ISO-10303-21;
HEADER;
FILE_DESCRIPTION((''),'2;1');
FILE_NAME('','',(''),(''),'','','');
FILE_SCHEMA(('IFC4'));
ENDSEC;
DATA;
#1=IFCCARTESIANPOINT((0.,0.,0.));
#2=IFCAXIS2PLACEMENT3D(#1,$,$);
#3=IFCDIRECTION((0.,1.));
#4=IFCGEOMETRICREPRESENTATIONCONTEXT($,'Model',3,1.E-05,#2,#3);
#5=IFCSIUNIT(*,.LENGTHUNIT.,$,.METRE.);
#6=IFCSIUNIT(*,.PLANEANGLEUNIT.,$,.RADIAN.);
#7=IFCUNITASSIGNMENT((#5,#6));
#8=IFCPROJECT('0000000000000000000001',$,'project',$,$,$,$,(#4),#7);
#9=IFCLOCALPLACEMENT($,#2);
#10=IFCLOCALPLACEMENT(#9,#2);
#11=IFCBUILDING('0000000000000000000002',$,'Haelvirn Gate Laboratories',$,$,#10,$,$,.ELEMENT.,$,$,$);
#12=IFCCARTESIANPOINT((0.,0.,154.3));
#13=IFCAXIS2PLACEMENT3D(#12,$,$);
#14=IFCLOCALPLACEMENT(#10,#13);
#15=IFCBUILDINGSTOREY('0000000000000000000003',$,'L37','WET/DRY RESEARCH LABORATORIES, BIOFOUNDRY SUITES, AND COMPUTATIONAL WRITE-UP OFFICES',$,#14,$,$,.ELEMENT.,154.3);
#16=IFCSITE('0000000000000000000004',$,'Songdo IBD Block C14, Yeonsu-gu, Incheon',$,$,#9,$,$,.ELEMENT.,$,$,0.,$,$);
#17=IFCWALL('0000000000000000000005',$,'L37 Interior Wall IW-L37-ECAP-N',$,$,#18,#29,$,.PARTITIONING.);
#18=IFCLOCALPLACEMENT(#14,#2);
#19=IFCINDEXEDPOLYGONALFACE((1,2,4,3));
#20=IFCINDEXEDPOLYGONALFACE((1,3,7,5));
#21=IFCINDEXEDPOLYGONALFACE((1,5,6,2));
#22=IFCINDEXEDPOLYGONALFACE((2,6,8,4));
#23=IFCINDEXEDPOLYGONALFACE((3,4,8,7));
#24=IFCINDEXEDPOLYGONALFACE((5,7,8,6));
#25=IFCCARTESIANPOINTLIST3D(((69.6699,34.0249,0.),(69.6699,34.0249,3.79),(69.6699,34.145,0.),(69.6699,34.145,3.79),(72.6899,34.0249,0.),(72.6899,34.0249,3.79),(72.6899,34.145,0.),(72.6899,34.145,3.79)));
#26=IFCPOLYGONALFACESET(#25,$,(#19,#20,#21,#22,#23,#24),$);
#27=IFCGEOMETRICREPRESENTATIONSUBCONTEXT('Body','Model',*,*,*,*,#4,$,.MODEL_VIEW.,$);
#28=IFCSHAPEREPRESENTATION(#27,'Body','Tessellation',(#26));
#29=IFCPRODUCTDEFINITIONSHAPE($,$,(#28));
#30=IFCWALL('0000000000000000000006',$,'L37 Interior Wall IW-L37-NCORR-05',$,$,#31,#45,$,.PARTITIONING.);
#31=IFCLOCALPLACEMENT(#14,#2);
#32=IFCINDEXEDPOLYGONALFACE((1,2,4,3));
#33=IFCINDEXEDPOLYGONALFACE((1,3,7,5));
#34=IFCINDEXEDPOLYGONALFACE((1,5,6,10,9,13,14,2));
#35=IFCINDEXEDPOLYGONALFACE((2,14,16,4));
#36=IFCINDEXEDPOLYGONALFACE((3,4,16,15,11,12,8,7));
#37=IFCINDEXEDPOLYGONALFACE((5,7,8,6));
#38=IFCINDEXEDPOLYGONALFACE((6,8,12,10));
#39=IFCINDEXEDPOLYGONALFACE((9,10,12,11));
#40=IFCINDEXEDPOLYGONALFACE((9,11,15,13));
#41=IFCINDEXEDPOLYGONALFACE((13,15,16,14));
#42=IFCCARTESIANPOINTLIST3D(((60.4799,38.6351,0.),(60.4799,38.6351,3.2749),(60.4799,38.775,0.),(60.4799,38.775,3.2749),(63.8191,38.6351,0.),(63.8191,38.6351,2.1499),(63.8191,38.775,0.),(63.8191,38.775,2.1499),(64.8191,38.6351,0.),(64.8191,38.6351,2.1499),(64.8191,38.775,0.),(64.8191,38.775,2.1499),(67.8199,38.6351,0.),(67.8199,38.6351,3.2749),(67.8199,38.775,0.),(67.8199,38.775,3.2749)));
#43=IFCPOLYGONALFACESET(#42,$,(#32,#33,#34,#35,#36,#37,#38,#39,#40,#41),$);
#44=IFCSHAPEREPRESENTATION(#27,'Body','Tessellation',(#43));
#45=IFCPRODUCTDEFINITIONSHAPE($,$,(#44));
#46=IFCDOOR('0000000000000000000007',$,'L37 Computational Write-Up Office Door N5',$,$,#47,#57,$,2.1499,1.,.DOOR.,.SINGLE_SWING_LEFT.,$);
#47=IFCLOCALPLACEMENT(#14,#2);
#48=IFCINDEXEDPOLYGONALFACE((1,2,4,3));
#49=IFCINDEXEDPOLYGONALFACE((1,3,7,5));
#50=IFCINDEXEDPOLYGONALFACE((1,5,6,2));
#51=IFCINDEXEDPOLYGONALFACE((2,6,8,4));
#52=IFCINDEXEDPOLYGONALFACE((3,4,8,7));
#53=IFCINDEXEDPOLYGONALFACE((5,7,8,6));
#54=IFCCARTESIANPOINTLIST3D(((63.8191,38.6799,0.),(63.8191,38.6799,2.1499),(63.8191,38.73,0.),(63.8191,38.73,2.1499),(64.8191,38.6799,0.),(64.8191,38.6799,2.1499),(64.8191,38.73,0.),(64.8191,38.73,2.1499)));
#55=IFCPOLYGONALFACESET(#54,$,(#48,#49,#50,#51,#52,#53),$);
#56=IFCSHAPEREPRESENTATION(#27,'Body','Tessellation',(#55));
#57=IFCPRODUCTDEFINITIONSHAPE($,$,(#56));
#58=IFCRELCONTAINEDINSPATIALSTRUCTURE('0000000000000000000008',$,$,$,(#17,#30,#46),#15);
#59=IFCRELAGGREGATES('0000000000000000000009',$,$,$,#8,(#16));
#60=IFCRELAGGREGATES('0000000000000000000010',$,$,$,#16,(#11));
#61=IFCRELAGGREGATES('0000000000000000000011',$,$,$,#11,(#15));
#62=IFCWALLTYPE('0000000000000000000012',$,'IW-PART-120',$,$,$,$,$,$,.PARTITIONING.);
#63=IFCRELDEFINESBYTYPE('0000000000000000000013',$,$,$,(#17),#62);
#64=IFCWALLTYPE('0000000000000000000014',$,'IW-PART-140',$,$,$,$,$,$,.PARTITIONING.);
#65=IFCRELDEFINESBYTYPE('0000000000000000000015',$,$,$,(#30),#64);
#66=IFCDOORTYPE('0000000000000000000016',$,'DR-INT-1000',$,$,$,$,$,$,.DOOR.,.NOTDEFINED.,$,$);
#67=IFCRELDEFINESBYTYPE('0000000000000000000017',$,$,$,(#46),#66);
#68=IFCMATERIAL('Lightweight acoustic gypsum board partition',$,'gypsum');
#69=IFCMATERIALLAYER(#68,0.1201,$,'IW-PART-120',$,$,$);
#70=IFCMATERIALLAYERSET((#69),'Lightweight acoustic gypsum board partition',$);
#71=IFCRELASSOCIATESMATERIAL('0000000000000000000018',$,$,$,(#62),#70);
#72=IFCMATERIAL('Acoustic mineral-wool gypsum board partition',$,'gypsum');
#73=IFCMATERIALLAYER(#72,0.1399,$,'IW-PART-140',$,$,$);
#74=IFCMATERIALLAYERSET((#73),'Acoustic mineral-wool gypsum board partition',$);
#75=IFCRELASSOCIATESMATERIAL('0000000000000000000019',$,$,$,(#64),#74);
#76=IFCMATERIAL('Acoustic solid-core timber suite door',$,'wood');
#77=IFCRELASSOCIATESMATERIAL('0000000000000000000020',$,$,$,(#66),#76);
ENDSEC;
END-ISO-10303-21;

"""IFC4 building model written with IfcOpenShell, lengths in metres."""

from ifc_helpers import new_model, si_unit, direction, frame, frame_2d, origin, place, context, subcontext, project, spatial, rectangle, extrude, source, transform, mapped, material, layer, layer_set, type_object, type_shapes, element, fill, save


model = new_model("IFC4")

# Units and contexts
model_context = context("Model", 3, precision=1e-05, world=origin(), true_north=direction((0.0, 1.0)))
body_context = subcontext(model_context, "Body", "Model", "MODEL_VIEW")
ifc_project = project(units=[si_unit("LENGTHUNIT", "METRE"), si_unit("PLANEANGLEUNIT", "RADIAN")], contexts=[model_context])

# Site, building, storey
site_placement = place(None, origin())
site = spatial("IfcSite", under=ifc_project, at=site_placement, Name="Songdo IBD Block C14, Yeonsu-gu, Incheon", CompositionType="ELEMENT", RefElevation=0.0)
building_placement = place(site_placement, origin())
building = spatial("IfcBuilding", under=site, at=building_placement, Name="Haelvirn Gate Laboratories", CompositionType="ELEMENT")
storey_placement = place(building_placement, frame((0.0, 0.0, 154.3)))
storey = spatial("IfcBuildingStorey", under=building, at=storey_placement, Name="L37", Description="WET/DRY RESEARCH LABORATORIES, BIOFOUNDRY SUITES, AND COMPUTATIONAL WRITE-UP OFFICES", CompositionType="ELEMENT", Elevation=154.3)

# Wall
ifc_material_1 = material(Name="Lightweight acoustic gypsum board partition", Category="gypsum")
ifc_layer_1 = layer(ifc_material_1, 0.1201, Name="IW-PART-120")
ifc_layer_set_1 = layer_set([ifc_layer_1], Name="Lightweight acoustic gypsum board partition")
wall_type_1 = type_object("IfcWallType", Name="IW-PART-120", PredefinedType="PARTITIONING", material=ifc_layer_set_1)
wall_1_placement = place(storey_placement, frame((69.6699, 34.085, 0.0), z_axis=(0.0, 0.0, 1.0), x_axis=(1.0, 0.0, 0.0)))
element("IfcWall", 1, at=wall_1_placement, inside=storey, type_object=wall_type_1, Name="L37 Interior Wall IW-L37-ECAP-N", PredefinedType="PARTITIONING", context=body_context, shape_type="SweptSolid", body=[
    extrude(rectangle(XDim=3.02, YDim=0.1201, at=frame_2d((1.51, 0.0))), origin(), (0.0, 0.0, 1.0), 3.79),
])

# Wall, opening, door
ifc_material_2 = material(Name="Acoustic mineral-wool gypsum board partition", Category="gypsum")
ifc_layer_2 = layer(ifc_material_2, 0.1399, Name="IW-PART-140")
ifc_layer_set_2 = layer_set([ifc_layer_2], Name="Acoustic mineral-wool gypsum board partition")
wall_type_2 = type_object("IfcWallType", Name="IW-PART-140", PredefinedType="PARTITIONING", material=ifc_layer_set_2)
wall_2_placement = place(storey_placement, frame((60.48, 38.7051, 0.0), z_axis=(0.0, 0.0, 1.0), x_axis=(1.0, 0.0, 0.0)))
wall_2 = element("IfcWall", 2, at=wall_2_placement, inside=storey, type_object=wall_type_2, Name="L37 Interior Wall IW-L37-NCORR-05", PredefinedType="PARTITIONING", context=body_context, shape_type="SweptSolid", body=[
    extrude(rectangle(XDim=7.3401, YDim=0.1399, at=frame_2d((3.6699, 0.0))), origin(), (0.0, 0.0, 1.0), 3.2749),
])
opening_placement = place(wall_2_placement, frame((3.3391, 0.0, 0.0)))
opening = element("IfcOpeningElement", 3, at=opening_placement, cuts=wall_2, PredefinedType="OPENING", context=body_context, shape_type="SweptSolid", body=[
    extrude(rectangle(XDim=1.0, YDim=2.1499, at=frame_2d((0.5, 1.075))), frame((0.0, 0.0801, 0.0), z_axis=(0.0, -1.0, 0.0), x_axis=(1.0, 0.0, 0.0)), (0.0, 0.0, 1.0), 0.1599),
])
ifc_material_3 = material(Name="Acoustic solid-core timber suite door", Category="wood")
door_type = type_object("IfcDoorType", Name="DR-INT-1000", OperationType="NOTDEFINED", PredefinedType="DOOR", material=ifc_material_3)
shared_shape_1 = source(origin(), body_context, "Body", "SweptSolid", [
    extrude(rectangle(XDim=1.0, YDim=2.1499, at=frame_2d((0.5, 1.075))), frame((0.0, 0.0249, 0.0), z_axis=(0.0, -1.0, 0.0), x_axis=(1.0, 0.0, 0.0)), (0.0, 0.0, 1.0), 0.05),
])
type_shapes(door_type, [shared_shape_1])
door_placement = place(opening_placement, origin())
door = element("IfcDoor", 4, at=door_placement, inside=storey, type_object=door_type, Name="L37 Computational Write-Up Office Door N5", OperationType="SINGLE_SWING_LEFT", OverallHeight=2.1499, OverallWidth=1.0, PredefinedType="DOOR", context=body_context, shape_type="MappedRepresentation", body=[
    mapped(shared_shape_1, transform((0.0, 0.0, 0.0), scale=1.0)),
])
fill(opening, door)

save(model, "model.ifc")
